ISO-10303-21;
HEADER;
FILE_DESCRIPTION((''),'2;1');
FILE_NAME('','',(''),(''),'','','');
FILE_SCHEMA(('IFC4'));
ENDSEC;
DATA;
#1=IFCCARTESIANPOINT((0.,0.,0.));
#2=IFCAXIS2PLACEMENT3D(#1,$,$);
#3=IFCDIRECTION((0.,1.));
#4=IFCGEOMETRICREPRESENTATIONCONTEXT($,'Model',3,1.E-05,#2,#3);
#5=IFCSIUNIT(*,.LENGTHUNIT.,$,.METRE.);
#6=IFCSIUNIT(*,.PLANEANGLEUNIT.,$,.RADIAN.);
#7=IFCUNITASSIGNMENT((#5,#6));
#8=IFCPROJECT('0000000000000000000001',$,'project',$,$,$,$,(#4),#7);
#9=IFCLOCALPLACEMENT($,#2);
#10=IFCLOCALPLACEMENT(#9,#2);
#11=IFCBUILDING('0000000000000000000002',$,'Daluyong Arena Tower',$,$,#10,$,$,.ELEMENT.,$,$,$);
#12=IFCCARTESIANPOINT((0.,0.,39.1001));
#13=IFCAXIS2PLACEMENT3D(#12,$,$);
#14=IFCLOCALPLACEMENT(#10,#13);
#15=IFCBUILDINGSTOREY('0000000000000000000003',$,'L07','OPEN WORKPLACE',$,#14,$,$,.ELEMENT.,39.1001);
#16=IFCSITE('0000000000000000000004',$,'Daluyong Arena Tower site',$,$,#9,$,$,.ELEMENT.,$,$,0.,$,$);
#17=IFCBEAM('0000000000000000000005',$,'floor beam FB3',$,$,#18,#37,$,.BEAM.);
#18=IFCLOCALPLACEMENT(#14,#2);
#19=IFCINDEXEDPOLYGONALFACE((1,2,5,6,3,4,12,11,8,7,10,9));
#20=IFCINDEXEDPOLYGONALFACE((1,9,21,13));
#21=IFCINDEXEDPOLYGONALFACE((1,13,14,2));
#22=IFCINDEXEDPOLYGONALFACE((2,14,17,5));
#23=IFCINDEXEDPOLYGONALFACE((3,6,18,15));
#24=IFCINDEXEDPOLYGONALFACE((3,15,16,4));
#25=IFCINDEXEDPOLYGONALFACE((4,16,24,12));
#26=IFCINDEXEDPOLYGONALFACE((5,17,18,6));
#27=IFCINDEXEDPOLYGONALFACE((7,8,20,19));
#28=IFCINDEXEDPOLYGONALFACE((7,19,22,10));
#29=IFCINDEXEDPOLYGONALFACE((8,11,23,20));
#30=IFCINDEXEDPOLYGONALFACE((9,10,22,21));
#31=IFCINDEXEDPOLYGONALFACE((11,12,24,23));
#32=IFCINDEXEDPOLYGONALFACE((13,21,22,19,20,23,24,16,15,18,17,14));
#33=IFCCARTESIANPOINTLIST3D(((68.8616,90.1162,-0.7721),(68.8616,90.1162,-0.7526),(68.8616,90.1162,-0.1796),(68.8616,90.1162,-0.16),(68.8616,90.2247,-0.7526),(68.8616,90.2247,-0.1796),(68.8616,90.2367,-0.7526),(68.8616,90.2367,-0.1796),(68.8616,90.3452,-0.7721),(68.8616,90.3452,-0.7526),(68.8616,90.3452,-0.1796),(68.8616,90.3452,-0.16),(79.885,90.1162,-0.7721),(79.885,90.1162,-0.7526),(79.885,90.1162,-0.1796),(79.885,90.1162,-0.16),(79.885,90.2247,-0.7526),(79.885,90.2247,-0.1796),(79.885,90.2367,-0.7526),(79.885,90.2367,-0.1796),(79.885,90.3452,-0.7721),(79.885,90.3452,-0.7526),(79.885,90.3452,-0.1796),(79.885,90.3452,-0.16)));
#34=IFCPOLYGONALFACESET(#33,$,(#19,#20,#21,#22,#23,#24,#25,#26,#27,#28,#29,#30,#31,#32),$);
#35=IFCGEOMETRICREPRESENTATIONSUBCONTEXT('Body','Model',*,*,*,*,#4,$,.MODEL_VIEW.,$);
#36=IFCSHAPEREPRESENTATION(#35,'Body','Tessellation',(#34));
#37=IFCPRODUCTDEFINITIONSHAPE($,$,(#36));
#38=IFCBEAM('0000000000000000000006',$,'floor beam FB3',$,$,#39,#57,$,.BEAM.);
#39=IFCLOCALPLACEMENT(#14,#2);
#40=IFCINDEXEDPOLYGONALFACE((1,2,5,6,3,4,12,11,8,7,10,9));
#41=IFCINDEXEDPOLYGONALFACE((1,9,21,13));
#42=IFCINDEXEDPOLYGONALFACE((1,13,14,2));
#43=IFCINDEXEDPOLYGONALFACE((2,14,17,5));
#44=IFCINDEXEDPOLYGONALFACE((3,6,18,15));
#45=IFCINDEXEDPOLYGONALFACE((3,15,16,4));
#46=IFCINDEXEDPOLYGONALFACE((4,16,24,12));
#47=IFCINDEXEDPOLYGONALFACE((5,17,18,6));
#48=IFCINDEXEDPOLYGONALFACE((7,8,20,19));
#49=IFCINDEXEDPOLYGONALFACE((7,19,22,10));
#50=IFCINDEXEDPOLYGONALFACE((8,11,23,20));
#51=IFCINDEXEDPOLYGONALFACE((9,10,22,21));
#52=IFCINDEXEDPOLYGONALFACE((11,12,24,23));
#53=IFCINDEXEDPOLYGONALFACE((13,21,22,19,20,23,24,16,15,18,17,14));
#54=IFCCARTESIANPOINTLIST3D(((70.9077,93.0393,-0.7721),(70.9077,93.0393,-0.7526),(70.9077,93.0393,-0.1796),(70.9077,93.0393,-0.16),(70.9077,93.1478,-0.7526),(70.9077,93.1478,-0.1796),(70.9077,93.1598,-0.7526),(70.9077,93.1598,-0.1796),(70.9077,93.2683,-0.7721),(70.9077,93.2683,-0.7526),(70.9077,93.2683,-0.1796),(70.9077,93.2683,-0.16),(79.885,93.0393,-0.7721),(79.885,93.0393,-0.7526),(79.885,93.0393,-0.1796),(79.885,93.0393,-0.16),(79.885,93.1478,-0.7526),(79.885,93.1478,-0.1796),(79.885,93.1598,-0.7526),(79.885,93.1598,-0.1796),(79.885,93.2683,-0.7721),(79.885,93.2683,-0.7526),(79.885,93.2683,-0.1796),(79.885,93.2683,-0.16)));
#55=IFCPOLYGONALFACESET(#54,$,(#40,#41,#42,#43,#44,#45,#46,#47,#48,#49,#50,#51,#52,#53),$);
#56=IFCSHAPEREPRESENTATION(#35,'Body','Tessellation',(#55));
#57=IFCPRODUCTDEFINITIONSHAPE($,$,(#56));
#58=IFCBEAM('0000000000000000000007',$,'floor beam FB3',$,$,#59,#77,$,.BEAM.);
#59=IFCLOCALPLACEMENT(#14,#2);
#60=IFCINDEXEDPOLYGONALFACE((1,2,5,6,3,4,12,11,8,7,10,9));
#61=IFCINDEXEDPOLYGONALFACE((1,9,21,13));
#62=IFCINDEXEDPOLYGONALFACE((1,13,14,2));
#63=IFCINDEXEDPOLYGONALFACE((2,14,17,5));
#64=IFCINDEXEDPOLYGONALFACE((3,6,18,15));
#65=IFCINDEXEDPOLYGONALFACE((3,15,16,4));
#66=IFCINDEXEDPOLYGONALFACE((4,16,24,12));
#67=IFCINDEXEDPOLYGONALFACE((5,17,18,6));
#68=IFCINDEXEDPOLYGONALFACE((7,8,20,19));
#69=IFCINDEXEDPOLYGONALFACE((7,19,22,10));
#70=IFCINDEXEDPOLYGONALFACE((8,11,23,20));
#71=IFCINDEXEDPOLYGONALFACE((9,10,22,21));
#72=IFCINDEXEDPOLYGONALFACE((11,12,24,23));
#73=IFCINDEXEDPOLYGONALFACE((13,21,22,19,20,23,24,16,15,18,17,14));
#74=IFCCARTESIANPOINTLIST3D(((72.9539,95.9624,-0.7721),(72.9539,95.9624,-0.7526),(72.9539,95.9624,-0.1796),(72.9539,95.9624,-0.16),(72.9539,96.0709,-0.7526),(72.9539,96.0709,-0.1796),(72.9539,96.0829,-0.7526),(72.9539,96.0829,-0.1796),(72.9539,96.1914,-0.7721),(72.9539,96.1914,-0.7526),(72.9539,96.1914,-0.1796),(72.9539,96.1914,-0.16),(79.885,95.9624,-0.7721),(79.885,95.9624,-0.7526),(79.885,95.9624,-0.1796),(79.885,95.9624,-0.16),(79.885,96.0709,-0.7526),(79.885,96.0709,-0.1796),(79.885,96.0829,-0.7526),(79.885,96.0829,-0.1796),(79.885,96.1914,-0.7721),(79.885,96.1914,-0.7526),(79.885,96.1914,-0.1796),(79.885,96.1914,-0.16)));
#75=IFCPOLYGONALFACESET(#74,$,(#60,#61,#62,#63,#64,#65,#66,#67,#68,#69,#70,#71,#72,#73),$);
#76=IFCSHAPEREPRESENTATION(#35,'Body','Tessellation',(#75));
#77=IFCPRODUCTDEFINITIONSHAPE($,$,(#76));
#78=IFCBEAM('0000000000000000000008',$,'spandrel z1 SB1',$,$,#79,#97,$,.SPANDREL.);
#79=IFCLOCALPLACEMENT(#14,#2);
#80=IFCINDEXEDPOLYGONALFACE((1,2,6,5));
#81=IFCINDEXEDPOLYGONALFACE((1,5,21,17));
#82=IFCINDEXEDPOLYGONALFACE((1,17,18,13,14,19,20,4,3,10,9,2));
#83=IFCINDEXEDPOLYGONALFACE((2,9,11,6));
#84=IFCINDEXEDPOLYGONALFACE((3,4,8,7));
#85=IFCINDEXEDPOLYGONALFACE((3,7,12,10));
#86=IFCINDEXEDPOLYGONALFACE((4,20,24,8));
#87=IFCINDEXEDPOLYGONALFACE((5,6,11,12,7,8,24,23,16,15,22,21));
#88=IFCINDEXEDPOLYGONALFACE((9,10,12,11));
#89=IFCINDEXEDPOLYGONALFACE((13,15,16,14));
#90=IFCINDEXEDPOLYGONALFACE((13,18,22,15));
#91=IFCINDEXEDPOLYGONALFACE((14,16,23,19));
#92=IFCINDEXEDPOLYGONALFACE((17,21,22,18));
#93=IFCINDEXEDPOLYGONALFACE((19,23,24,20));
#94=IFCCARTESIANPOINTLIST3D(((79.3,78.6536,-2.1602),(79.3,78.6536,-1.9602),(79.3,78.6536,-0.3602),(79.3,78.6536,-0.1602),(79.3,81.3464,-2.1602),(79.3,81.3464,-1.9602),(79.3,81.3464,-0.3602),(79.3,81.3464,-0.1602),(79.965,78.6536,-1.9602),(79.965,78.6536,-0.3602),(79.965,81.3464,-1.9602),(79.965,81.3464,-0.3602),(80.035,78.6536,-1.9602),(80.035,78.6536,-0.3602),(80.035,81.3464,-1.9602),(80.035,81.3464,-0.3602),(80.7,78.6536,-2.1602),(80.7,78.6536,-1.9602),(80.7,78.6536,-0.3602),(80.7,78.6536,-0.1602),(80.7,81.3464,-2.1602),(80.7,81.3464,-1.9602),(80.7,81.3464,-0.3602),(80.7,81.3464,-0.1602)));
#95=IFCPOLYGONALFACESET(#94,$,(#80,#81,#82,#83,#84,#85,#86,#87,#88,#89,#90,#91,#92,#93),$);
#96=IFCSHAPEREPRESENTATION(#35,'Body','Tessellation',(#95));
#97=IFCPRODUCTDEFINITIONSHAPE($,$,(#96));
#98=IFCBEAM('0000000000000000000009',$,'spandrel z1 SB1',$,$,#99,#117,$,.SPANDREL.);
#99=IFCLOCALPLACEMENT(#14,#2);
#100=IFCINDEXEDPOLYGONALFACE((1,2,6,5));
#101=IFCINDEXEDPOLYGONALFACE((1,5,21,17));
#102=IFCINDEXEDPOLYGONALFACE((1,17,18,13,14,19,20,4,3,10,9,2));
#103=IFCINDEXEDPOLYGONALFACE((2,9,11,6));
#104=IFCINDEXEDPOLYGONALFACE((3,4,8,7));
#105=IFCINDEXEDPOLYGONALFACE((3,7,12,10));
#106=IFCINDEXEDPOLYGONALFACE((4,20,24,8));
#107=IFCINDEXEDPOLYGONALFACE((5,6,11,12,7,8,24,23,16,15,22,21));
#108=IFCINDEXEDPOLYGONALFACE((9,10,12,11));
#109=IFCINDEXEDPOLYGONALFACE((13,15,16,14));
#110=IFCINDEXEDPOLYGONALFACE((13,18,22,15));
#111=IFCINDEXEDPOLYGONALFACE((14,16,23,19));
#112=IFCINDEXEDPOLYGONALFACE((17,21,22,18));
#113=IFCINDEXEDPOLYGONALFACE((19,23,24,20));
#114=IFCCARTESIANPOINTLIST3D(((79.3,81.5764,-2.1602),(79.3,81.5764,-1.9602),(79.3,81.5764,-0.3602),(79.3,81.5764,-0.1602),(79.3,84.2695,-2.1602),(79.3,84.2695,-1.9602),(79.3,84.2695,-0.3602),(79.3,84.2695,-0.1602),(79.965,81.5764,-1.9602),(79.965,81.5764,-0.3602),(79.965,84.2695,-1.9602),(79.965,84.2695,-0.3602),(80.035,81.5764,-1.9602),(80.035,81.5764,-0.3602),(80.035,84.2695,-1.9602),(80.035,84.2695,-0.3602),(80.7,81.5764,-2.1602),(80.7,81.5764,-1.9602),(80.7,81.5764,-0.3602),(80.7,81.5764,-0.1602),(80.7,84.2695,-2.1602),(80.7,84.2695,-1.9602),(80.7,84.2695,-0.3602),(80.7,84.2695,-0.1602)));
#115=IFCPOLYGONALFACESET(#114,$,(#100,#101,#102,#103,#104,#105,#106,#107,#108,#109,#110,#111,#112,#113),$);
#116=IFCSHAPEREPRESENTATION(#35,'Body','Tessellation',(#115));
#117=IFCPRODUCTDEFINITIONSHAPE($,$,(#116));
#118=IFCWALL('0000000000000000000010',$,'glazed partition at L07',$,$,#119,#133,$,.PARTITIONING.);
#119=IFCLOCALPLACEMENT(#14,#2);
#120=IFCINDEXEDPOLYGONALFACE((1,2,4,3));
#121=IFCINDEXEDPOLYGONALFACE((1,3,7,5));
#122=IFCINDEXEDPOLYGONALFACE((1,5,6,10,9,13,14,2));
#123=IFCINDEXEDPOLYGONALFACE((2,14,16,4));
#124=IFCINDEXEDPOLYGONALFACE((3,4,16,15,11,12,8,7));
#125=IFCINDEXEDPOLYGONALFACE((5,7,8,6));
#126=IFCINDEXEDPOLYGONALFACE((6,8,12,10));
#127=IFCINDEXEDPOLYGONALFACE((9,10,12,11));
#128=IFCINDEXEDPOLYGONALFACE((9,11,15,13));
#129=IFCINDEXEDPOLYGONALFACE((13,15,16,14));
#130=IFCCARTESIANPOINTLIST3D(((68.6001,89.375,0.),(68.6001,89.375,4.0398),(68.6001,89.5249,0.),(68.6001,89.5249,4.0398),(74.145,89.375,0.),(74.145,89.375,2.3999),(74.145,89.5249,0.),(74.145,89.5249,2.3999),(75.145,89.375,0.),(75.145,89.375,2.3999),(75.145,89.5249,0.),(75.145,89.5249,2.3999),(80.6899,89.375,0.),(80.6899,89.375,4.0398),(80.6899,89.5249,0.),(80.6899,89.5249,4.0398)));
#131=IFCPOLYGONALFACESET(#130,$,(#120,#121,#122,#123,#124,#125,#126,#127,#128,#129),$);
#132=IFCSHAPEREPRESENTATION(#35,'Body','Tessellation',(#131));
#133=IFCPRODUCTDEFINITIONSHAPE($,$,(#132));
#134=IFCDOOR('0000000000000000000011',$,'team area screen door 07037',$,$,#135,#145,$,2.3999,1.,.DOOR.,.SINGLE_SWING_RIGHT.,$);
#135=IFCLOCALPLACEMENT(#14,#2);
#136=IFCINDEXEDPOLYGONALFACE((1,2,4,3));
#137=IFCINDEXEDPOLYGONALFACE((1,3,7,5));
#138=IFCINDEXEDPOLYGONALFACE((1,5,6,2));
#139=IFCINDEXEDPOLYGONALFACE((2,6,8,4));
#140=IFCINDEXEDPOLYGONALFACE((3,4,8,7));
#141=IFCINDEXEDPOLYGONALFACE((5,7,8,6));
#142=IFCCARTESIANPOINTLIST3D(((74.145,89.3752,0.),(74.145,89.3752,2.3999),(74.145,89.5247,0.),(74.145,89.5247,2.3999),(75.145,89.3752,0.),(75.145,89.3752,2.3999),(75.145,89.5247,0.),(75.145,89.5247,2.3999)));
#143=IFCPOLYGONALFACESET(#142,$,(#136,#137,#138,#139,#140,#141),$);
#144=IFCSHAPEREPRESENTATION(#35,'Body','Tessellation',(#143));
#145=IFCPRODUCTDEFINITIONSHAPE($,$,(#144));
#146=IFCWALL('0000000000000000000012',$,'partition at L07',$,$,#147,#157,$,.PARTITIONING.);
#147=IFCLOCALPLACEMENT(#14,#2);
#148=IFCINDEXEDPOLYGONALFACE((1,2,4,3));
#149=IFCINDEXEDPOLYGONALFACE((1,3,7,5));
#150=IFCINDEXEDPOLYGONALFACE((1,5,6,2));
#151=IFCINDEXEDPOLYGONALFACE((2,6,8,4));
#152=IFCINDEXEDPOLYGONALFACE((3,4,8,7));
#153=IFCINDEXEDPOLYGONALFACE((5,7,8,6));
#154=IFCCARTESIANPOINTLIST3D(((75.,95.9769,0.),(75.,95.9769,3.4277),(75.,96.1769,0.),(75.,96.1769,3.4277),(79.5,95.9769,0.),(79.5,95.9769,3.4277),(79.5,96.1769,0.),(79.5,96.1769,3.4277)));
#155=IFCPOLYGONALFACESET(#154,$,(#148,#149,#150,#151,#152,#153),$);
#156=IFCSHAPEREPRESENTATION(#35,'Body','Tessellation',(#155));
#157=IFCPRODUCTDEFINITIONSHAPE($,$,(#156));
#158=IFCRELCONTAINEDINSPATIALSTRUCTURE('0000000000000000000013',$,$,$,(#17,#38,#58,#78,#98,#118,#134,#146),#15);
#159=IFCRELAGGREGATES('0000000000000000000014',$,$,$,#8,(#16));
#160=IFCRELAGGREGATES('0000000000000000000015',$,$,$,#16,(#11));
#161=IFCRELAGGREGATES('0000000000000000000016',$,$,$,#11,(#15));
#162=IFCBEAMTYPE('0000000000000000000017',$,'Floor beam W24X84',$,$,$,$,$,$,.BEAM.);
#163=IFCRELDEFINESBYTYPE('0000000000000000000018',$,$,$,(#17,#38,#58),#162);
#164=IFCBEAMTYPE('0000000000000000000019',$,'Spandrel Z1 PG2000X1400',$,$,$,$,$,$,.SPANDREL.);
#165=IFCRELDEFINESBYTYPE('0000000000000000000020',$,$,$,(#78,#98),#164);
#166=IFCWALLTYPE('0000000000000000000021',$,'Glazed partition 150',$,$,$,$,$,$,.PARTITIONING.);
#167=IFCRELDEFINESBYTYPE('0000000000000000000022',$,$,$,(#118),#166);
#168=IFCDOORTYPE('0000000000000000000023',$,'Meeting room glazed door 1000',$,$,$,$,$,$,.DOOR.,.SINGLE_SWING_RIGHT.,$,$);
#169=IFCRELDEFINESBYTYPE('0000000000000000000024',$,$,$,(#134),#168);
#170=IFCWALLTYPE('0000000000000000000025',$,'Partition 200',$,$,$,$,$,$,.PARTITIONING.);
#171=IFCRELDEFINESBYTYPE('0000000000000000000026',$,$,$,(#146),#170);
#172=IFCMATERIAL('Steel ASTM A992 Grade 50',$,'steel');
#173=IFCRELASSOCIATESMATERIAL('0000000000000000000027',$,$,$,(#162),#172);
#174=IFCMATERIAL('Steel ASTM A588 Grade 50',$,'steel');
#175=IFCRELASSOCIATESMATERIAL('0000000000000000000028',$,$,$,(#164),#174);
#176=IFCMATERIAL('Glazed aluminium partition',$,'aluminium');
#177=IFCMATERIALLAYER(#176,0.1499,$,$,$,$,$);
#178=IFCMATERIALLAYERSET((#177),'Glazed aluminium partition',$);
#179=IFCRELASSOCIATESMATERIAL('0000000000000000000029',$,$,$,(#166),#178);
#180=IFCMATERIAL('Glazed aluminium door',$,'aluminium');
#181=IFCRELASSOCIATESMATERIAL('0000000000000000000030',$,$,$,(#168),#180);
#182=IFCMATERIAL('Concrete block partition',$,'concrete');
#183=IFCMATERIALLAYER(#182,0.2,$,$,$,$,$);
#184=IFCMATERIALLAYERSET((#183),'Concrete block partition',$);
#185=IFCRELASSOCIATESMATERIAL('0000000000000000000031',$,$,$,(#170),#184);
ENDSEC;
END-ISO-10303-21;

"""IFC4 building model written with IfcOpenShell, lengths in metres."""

from ifc_helpers import new_model, si_unit, direction, frame, frame_2d, origin, origin_2d, place, context, subcontext, project, spatial, rectangle, i_section, extrude, material, layer, layer_set, material_profile, profile_set, type_object, element, fill, save


model = new_model("IFC4")

# Units and contexts
model_context = context("Model", 3, precision=1e-05, world=origin(), true_north=direction((0.0, 1.0)))
body_context = subcontext(model_context, "Body", "Model", "MODEL_VIEW")
ifc_project = project(units=[si_unit("LENGTHUNIT", "METRE"), si_unit("PLANEANGLEUNIT", "RADIAN")], contexts=[model_context])

# Site, building, storey
site_placement = place(None, origin())
site = spatial("IfcSite", under=ifc_project, at=site_placement, Name="Daluyong Arena Tower site", CompositionType="ELEMENT", RefElevation=0.0)
building_placement = place(site_placement, origin())
building = spatial("IfcBuilding", under=site, at=building_placement, Name="Daluyong Arena Tower", CompositionType="ELEMENT")
storey_placement = place(building_placement, frame((0.0, 0.0, 39.1001)))
storey = spatial("IfcBuildingStorey", under=building, at=storey_placement, Name="L07", Description="OPEN WORKPLACE", CompositionType="ELEMENT", Elevation=39.1001)

# Beams
ifc_material_1 = material(Name="Steel ASTM A992 Grade 50", Category="steel")
ifc_material_profile_1 = material_profile(ifc_material_1, i_section(OverallWidth=0.229, OverallDepth=0.6121, WebThickness=0.012, FlangeThickness=0.0195, at=origin_2d()))
ifc_profile_set_1 = profile_set([ifc_material_profile_1], Name="Steel ASTM A992 Grade 50")
beam_type_1 = type_object("IfcBeamType", Name="Floor beam W24X84", PredefinedType="BEAM", material=ifc_profile_set_1)
beam_1_placement = place(storey_placement, frame((79.885, 90.2307, -0.4661), z_axis=(-1.0, 0.0, 0.0), x_axis=(0.0, -1.0, 0.0)))
element("IfcBeam", 1, at=beam_1_placement, inside=storey, type_object=beam_type_1, Name="floor beam FB3", PredefinedType="BEAM", context=body_context, shape_type="SweptSolid", body=[
    extrude(i_section(OverallWidth=0.229, OverallDepth=0.6121, WebThickness=0.012, FlangeThickness=0.0195, at=origin_2d()), origin(), (0.0, 0.0, 1.0), 11.0234),
])
beam_2_placement = place(storey_placement, frame((79.885, 93.1538, -0.4661), z_axis=(-1.0, 0.0, 0.0), x_axis=(0.0, -1.0, 0.0)))
element("IfcBeam", 2, at=beam_2_placement, inside=storey, type_object=beam_type_1, Name="floor beam FB3", PredefinedType="BEAM", context=body_context, shape_type="SweptSolid", body=[
    extrude(i_section(OverallWidth=0.229, OverallDepth=0.6121, WebThickness=0.012, FlangeThickness=0.0195, at=origin_2d()), origin(), (0.0, 0.0, 1.0), 8.9773),
])
beam_3_placement = place(storey_placement, frame((79.885, 96.0769, -0.4661), z_axis=(-1.0, 0.0, 0.0), x_axis=(0.0, -1.0, 0.0)))
element("IfcBeam", 3, at=beam_3_placement, inside=storey, type_object=beam_type_1, Name="floor beam FB3", PredefinedType="BEAM", context=body_context, shape_type="SweptSolid", body=[
    extrude(i_section(OverallWidth=0.229, OverallDepth=0.6121, WebThickness=0.012, FlangeThickness=0.0195, at=origin_2d()), origin(), (0.0, 0.0, 1.0), 6.9312),
])
ifc_material_2 = material(Name="Steel ASTM A588 Grade 50", Category="steel")
ifc_material_profile_2 = material_profile(ifc_material_2, i_section(OverallWidth=1.3999, OverallDepth=2.0, WebThickness=0.07, FlangeThickness=0.2, at=origin_2d()))
ifc_profile_set_2 = profile_set([ifc_material_profile_2], Name="Steel ASTM A588 Grade 50")
beam_type_2 = type_object("IfcBeamType", Name="Spandrel Z1 PG2000X1400", PredefinedType="SPANDREL", material=ifc_profile_set_2)
beam_4_placement = place(storey_placement, frame((80.0, 78.6536, -1.1602), z_axis=(0.0, 1.0, 0.0), x_axis=(-1.0, 0.0, 0.0)))
element("IfcBeam", 4, at=beam_4_placement, inside=storey, type_object=beam_type_2, Name="spandrel z1 SB1", PredefinedType="SPANDREL", context=body_context, shape_type="SweptSolid", body=[
    extrude(i_section(OverallWidth=1.3999, OverallDepth=2.0, WebThickness=0.07, FlangeThickness=0.2, at=origin_2d()), origin(), (0.0, 0.0, 1.0), 2.6929),
])
beam_5_placement = place(storey_placement, frame((80.0, 81.5764, -1.1602), z_axis=(0.0, 1.0, 0.0), x_axis=(-1.0, 0.0, 0.0)))
element("IfcBeam", 5, at=beam_5_placement, inside=storey, type_object=beam_type_2, Name="spandrel z1 SB1", PredefinedType="SPANDREL", context=body_context, shape_type="SweptSolid", body=[
    extrude(i_section(OverallWidth=1.3999, OverallDepth=2.0, WebThickness=0.07, FlangeThickness=0.2, at=origin_2d()), origin(), (0.0, 0.0, 1.0), 2.6931),
])

# Wall, opening, door
ifc_material_3 = material(Name="Glazed aluminium partition", Category="aluminium")
ifc_layer_1 = layer(ifc_material_3, 0.1499)
ifc_layer_set_1 = layer_set([ifc_layer_1], Name="Glazed aluminium partition")
wall_type_1 = type_object("IfcWallType", Name="Glazed partition 150", PredefinedType="PARTITIONING", material=ifc_layer_set_1)
wall_1_placement = place(storey_placement, frame((68.6001, 89.45, 0.0), z_axis=(0.0, 0.0, 1.0), x_axis=(1.0, 0.0, 0.0)))
wall_1 = element("IfcWall", 6, at=wall_1_placement, inside=storey, type_object=wall_type_1, Name="glazed partition at L07", PredefinedType="PARTITIONING", context=body_context, shape_type="SweptSolid", body=[
    extrude(rectangle(XDim=12.0898, YDim=0.1499, at=frame_2d((6.0449, 0.0))), origin(), (0.0, 0.0, 1.0), 4.0398),
])
opening_1_placement = place(wall_1_placement, frame((5.5449, 0.0, 0.0)))
opening_1 = element("IfcOpeningElement", 7, at=opening_1_placement, cuts=wall_1, PredefinedType="OPENING", context=body_context, shape_type="SweptSolid", body=[
    extrude(rectangle(XDim=1.0, YDim=2.3999, at=frame_2d((0.5, 1.2))), frame((0.0, 0.085, 0.0), z_axis=(0.0, -1.0, 0.0), x_axis=(1.0, 0.0, 0.0)), (0.0, 0.0, 1.0), 0.1699),
])
ifc_material_4 = material(Name="Glazed aluminium door", Category="aluminium")
door_type_1 = type_object("IfcDoorType", Name="Meeting room glazed door 1000", OperationType="SINGLE_SWING_RIGHT", PredefinedType="DOOR", material=ifc_material_4)
door_1_placement = place(opening_1_placement, origin())
door_1 = element("IfcDoor", 8, at=door_1_placement, inside=storey, type_object=door_type_1, Name="team area screen door 07037", OperationType="SINGLE_SWING_RIGHT", OverallHeight=2.3999, OverallWidth=1.0, PredefinedType="DOOR", context=body_context, shape_type="SweptSolid", body=[
    extrude(rectangle(XDim=1.0, YDim=2.3999, at=frame_2d((0.5, 1.2))), frame((0.0, 0.0747, 0.0), z_axis=(0.0, -1.0, 0.0), x_axis=(1.0, 0.0, 0.0)), (0.0, 0.0, 1.0), 0.1494),
])
fill(opening_1, door_1)

# Wall
ifc_material_5 = material(Name="Concrete block partition", Category="concrete")
ifc_layer_2 = layer(ifc_material_5, 0.2)
ifc_layer_set_2 = layer_set([ifc_layer_2], Name="Concrete block partition")
wall_type_2 = type_object("IfcWallType", Name="Partition 200", PredefinedType="PARTITIONING", material=ifc_layer_set_2)
wall_2_placement = place(storey_placement, frame((75.0, 96.0769, 0.0), z_axis=(0.0, 0.0, 1.0), x_axis=(1.0, 0.0, 0.0)))
element("IfcWall", 9, at=wall_2_placement, inside=storey, type_object=wall_type_2, Name="partition at L07", PredefinedType="PARTITIONING", context=body_context, shape_type="SweptSolid", body=[
    extrude(rectangle(XDim=4.5, YDim=0.2, at=frame_2d((2.25, 0.0))), origin(), (0.0, 0.0, 1.0), 3.4277),
])

save(model, "model.ifc")
